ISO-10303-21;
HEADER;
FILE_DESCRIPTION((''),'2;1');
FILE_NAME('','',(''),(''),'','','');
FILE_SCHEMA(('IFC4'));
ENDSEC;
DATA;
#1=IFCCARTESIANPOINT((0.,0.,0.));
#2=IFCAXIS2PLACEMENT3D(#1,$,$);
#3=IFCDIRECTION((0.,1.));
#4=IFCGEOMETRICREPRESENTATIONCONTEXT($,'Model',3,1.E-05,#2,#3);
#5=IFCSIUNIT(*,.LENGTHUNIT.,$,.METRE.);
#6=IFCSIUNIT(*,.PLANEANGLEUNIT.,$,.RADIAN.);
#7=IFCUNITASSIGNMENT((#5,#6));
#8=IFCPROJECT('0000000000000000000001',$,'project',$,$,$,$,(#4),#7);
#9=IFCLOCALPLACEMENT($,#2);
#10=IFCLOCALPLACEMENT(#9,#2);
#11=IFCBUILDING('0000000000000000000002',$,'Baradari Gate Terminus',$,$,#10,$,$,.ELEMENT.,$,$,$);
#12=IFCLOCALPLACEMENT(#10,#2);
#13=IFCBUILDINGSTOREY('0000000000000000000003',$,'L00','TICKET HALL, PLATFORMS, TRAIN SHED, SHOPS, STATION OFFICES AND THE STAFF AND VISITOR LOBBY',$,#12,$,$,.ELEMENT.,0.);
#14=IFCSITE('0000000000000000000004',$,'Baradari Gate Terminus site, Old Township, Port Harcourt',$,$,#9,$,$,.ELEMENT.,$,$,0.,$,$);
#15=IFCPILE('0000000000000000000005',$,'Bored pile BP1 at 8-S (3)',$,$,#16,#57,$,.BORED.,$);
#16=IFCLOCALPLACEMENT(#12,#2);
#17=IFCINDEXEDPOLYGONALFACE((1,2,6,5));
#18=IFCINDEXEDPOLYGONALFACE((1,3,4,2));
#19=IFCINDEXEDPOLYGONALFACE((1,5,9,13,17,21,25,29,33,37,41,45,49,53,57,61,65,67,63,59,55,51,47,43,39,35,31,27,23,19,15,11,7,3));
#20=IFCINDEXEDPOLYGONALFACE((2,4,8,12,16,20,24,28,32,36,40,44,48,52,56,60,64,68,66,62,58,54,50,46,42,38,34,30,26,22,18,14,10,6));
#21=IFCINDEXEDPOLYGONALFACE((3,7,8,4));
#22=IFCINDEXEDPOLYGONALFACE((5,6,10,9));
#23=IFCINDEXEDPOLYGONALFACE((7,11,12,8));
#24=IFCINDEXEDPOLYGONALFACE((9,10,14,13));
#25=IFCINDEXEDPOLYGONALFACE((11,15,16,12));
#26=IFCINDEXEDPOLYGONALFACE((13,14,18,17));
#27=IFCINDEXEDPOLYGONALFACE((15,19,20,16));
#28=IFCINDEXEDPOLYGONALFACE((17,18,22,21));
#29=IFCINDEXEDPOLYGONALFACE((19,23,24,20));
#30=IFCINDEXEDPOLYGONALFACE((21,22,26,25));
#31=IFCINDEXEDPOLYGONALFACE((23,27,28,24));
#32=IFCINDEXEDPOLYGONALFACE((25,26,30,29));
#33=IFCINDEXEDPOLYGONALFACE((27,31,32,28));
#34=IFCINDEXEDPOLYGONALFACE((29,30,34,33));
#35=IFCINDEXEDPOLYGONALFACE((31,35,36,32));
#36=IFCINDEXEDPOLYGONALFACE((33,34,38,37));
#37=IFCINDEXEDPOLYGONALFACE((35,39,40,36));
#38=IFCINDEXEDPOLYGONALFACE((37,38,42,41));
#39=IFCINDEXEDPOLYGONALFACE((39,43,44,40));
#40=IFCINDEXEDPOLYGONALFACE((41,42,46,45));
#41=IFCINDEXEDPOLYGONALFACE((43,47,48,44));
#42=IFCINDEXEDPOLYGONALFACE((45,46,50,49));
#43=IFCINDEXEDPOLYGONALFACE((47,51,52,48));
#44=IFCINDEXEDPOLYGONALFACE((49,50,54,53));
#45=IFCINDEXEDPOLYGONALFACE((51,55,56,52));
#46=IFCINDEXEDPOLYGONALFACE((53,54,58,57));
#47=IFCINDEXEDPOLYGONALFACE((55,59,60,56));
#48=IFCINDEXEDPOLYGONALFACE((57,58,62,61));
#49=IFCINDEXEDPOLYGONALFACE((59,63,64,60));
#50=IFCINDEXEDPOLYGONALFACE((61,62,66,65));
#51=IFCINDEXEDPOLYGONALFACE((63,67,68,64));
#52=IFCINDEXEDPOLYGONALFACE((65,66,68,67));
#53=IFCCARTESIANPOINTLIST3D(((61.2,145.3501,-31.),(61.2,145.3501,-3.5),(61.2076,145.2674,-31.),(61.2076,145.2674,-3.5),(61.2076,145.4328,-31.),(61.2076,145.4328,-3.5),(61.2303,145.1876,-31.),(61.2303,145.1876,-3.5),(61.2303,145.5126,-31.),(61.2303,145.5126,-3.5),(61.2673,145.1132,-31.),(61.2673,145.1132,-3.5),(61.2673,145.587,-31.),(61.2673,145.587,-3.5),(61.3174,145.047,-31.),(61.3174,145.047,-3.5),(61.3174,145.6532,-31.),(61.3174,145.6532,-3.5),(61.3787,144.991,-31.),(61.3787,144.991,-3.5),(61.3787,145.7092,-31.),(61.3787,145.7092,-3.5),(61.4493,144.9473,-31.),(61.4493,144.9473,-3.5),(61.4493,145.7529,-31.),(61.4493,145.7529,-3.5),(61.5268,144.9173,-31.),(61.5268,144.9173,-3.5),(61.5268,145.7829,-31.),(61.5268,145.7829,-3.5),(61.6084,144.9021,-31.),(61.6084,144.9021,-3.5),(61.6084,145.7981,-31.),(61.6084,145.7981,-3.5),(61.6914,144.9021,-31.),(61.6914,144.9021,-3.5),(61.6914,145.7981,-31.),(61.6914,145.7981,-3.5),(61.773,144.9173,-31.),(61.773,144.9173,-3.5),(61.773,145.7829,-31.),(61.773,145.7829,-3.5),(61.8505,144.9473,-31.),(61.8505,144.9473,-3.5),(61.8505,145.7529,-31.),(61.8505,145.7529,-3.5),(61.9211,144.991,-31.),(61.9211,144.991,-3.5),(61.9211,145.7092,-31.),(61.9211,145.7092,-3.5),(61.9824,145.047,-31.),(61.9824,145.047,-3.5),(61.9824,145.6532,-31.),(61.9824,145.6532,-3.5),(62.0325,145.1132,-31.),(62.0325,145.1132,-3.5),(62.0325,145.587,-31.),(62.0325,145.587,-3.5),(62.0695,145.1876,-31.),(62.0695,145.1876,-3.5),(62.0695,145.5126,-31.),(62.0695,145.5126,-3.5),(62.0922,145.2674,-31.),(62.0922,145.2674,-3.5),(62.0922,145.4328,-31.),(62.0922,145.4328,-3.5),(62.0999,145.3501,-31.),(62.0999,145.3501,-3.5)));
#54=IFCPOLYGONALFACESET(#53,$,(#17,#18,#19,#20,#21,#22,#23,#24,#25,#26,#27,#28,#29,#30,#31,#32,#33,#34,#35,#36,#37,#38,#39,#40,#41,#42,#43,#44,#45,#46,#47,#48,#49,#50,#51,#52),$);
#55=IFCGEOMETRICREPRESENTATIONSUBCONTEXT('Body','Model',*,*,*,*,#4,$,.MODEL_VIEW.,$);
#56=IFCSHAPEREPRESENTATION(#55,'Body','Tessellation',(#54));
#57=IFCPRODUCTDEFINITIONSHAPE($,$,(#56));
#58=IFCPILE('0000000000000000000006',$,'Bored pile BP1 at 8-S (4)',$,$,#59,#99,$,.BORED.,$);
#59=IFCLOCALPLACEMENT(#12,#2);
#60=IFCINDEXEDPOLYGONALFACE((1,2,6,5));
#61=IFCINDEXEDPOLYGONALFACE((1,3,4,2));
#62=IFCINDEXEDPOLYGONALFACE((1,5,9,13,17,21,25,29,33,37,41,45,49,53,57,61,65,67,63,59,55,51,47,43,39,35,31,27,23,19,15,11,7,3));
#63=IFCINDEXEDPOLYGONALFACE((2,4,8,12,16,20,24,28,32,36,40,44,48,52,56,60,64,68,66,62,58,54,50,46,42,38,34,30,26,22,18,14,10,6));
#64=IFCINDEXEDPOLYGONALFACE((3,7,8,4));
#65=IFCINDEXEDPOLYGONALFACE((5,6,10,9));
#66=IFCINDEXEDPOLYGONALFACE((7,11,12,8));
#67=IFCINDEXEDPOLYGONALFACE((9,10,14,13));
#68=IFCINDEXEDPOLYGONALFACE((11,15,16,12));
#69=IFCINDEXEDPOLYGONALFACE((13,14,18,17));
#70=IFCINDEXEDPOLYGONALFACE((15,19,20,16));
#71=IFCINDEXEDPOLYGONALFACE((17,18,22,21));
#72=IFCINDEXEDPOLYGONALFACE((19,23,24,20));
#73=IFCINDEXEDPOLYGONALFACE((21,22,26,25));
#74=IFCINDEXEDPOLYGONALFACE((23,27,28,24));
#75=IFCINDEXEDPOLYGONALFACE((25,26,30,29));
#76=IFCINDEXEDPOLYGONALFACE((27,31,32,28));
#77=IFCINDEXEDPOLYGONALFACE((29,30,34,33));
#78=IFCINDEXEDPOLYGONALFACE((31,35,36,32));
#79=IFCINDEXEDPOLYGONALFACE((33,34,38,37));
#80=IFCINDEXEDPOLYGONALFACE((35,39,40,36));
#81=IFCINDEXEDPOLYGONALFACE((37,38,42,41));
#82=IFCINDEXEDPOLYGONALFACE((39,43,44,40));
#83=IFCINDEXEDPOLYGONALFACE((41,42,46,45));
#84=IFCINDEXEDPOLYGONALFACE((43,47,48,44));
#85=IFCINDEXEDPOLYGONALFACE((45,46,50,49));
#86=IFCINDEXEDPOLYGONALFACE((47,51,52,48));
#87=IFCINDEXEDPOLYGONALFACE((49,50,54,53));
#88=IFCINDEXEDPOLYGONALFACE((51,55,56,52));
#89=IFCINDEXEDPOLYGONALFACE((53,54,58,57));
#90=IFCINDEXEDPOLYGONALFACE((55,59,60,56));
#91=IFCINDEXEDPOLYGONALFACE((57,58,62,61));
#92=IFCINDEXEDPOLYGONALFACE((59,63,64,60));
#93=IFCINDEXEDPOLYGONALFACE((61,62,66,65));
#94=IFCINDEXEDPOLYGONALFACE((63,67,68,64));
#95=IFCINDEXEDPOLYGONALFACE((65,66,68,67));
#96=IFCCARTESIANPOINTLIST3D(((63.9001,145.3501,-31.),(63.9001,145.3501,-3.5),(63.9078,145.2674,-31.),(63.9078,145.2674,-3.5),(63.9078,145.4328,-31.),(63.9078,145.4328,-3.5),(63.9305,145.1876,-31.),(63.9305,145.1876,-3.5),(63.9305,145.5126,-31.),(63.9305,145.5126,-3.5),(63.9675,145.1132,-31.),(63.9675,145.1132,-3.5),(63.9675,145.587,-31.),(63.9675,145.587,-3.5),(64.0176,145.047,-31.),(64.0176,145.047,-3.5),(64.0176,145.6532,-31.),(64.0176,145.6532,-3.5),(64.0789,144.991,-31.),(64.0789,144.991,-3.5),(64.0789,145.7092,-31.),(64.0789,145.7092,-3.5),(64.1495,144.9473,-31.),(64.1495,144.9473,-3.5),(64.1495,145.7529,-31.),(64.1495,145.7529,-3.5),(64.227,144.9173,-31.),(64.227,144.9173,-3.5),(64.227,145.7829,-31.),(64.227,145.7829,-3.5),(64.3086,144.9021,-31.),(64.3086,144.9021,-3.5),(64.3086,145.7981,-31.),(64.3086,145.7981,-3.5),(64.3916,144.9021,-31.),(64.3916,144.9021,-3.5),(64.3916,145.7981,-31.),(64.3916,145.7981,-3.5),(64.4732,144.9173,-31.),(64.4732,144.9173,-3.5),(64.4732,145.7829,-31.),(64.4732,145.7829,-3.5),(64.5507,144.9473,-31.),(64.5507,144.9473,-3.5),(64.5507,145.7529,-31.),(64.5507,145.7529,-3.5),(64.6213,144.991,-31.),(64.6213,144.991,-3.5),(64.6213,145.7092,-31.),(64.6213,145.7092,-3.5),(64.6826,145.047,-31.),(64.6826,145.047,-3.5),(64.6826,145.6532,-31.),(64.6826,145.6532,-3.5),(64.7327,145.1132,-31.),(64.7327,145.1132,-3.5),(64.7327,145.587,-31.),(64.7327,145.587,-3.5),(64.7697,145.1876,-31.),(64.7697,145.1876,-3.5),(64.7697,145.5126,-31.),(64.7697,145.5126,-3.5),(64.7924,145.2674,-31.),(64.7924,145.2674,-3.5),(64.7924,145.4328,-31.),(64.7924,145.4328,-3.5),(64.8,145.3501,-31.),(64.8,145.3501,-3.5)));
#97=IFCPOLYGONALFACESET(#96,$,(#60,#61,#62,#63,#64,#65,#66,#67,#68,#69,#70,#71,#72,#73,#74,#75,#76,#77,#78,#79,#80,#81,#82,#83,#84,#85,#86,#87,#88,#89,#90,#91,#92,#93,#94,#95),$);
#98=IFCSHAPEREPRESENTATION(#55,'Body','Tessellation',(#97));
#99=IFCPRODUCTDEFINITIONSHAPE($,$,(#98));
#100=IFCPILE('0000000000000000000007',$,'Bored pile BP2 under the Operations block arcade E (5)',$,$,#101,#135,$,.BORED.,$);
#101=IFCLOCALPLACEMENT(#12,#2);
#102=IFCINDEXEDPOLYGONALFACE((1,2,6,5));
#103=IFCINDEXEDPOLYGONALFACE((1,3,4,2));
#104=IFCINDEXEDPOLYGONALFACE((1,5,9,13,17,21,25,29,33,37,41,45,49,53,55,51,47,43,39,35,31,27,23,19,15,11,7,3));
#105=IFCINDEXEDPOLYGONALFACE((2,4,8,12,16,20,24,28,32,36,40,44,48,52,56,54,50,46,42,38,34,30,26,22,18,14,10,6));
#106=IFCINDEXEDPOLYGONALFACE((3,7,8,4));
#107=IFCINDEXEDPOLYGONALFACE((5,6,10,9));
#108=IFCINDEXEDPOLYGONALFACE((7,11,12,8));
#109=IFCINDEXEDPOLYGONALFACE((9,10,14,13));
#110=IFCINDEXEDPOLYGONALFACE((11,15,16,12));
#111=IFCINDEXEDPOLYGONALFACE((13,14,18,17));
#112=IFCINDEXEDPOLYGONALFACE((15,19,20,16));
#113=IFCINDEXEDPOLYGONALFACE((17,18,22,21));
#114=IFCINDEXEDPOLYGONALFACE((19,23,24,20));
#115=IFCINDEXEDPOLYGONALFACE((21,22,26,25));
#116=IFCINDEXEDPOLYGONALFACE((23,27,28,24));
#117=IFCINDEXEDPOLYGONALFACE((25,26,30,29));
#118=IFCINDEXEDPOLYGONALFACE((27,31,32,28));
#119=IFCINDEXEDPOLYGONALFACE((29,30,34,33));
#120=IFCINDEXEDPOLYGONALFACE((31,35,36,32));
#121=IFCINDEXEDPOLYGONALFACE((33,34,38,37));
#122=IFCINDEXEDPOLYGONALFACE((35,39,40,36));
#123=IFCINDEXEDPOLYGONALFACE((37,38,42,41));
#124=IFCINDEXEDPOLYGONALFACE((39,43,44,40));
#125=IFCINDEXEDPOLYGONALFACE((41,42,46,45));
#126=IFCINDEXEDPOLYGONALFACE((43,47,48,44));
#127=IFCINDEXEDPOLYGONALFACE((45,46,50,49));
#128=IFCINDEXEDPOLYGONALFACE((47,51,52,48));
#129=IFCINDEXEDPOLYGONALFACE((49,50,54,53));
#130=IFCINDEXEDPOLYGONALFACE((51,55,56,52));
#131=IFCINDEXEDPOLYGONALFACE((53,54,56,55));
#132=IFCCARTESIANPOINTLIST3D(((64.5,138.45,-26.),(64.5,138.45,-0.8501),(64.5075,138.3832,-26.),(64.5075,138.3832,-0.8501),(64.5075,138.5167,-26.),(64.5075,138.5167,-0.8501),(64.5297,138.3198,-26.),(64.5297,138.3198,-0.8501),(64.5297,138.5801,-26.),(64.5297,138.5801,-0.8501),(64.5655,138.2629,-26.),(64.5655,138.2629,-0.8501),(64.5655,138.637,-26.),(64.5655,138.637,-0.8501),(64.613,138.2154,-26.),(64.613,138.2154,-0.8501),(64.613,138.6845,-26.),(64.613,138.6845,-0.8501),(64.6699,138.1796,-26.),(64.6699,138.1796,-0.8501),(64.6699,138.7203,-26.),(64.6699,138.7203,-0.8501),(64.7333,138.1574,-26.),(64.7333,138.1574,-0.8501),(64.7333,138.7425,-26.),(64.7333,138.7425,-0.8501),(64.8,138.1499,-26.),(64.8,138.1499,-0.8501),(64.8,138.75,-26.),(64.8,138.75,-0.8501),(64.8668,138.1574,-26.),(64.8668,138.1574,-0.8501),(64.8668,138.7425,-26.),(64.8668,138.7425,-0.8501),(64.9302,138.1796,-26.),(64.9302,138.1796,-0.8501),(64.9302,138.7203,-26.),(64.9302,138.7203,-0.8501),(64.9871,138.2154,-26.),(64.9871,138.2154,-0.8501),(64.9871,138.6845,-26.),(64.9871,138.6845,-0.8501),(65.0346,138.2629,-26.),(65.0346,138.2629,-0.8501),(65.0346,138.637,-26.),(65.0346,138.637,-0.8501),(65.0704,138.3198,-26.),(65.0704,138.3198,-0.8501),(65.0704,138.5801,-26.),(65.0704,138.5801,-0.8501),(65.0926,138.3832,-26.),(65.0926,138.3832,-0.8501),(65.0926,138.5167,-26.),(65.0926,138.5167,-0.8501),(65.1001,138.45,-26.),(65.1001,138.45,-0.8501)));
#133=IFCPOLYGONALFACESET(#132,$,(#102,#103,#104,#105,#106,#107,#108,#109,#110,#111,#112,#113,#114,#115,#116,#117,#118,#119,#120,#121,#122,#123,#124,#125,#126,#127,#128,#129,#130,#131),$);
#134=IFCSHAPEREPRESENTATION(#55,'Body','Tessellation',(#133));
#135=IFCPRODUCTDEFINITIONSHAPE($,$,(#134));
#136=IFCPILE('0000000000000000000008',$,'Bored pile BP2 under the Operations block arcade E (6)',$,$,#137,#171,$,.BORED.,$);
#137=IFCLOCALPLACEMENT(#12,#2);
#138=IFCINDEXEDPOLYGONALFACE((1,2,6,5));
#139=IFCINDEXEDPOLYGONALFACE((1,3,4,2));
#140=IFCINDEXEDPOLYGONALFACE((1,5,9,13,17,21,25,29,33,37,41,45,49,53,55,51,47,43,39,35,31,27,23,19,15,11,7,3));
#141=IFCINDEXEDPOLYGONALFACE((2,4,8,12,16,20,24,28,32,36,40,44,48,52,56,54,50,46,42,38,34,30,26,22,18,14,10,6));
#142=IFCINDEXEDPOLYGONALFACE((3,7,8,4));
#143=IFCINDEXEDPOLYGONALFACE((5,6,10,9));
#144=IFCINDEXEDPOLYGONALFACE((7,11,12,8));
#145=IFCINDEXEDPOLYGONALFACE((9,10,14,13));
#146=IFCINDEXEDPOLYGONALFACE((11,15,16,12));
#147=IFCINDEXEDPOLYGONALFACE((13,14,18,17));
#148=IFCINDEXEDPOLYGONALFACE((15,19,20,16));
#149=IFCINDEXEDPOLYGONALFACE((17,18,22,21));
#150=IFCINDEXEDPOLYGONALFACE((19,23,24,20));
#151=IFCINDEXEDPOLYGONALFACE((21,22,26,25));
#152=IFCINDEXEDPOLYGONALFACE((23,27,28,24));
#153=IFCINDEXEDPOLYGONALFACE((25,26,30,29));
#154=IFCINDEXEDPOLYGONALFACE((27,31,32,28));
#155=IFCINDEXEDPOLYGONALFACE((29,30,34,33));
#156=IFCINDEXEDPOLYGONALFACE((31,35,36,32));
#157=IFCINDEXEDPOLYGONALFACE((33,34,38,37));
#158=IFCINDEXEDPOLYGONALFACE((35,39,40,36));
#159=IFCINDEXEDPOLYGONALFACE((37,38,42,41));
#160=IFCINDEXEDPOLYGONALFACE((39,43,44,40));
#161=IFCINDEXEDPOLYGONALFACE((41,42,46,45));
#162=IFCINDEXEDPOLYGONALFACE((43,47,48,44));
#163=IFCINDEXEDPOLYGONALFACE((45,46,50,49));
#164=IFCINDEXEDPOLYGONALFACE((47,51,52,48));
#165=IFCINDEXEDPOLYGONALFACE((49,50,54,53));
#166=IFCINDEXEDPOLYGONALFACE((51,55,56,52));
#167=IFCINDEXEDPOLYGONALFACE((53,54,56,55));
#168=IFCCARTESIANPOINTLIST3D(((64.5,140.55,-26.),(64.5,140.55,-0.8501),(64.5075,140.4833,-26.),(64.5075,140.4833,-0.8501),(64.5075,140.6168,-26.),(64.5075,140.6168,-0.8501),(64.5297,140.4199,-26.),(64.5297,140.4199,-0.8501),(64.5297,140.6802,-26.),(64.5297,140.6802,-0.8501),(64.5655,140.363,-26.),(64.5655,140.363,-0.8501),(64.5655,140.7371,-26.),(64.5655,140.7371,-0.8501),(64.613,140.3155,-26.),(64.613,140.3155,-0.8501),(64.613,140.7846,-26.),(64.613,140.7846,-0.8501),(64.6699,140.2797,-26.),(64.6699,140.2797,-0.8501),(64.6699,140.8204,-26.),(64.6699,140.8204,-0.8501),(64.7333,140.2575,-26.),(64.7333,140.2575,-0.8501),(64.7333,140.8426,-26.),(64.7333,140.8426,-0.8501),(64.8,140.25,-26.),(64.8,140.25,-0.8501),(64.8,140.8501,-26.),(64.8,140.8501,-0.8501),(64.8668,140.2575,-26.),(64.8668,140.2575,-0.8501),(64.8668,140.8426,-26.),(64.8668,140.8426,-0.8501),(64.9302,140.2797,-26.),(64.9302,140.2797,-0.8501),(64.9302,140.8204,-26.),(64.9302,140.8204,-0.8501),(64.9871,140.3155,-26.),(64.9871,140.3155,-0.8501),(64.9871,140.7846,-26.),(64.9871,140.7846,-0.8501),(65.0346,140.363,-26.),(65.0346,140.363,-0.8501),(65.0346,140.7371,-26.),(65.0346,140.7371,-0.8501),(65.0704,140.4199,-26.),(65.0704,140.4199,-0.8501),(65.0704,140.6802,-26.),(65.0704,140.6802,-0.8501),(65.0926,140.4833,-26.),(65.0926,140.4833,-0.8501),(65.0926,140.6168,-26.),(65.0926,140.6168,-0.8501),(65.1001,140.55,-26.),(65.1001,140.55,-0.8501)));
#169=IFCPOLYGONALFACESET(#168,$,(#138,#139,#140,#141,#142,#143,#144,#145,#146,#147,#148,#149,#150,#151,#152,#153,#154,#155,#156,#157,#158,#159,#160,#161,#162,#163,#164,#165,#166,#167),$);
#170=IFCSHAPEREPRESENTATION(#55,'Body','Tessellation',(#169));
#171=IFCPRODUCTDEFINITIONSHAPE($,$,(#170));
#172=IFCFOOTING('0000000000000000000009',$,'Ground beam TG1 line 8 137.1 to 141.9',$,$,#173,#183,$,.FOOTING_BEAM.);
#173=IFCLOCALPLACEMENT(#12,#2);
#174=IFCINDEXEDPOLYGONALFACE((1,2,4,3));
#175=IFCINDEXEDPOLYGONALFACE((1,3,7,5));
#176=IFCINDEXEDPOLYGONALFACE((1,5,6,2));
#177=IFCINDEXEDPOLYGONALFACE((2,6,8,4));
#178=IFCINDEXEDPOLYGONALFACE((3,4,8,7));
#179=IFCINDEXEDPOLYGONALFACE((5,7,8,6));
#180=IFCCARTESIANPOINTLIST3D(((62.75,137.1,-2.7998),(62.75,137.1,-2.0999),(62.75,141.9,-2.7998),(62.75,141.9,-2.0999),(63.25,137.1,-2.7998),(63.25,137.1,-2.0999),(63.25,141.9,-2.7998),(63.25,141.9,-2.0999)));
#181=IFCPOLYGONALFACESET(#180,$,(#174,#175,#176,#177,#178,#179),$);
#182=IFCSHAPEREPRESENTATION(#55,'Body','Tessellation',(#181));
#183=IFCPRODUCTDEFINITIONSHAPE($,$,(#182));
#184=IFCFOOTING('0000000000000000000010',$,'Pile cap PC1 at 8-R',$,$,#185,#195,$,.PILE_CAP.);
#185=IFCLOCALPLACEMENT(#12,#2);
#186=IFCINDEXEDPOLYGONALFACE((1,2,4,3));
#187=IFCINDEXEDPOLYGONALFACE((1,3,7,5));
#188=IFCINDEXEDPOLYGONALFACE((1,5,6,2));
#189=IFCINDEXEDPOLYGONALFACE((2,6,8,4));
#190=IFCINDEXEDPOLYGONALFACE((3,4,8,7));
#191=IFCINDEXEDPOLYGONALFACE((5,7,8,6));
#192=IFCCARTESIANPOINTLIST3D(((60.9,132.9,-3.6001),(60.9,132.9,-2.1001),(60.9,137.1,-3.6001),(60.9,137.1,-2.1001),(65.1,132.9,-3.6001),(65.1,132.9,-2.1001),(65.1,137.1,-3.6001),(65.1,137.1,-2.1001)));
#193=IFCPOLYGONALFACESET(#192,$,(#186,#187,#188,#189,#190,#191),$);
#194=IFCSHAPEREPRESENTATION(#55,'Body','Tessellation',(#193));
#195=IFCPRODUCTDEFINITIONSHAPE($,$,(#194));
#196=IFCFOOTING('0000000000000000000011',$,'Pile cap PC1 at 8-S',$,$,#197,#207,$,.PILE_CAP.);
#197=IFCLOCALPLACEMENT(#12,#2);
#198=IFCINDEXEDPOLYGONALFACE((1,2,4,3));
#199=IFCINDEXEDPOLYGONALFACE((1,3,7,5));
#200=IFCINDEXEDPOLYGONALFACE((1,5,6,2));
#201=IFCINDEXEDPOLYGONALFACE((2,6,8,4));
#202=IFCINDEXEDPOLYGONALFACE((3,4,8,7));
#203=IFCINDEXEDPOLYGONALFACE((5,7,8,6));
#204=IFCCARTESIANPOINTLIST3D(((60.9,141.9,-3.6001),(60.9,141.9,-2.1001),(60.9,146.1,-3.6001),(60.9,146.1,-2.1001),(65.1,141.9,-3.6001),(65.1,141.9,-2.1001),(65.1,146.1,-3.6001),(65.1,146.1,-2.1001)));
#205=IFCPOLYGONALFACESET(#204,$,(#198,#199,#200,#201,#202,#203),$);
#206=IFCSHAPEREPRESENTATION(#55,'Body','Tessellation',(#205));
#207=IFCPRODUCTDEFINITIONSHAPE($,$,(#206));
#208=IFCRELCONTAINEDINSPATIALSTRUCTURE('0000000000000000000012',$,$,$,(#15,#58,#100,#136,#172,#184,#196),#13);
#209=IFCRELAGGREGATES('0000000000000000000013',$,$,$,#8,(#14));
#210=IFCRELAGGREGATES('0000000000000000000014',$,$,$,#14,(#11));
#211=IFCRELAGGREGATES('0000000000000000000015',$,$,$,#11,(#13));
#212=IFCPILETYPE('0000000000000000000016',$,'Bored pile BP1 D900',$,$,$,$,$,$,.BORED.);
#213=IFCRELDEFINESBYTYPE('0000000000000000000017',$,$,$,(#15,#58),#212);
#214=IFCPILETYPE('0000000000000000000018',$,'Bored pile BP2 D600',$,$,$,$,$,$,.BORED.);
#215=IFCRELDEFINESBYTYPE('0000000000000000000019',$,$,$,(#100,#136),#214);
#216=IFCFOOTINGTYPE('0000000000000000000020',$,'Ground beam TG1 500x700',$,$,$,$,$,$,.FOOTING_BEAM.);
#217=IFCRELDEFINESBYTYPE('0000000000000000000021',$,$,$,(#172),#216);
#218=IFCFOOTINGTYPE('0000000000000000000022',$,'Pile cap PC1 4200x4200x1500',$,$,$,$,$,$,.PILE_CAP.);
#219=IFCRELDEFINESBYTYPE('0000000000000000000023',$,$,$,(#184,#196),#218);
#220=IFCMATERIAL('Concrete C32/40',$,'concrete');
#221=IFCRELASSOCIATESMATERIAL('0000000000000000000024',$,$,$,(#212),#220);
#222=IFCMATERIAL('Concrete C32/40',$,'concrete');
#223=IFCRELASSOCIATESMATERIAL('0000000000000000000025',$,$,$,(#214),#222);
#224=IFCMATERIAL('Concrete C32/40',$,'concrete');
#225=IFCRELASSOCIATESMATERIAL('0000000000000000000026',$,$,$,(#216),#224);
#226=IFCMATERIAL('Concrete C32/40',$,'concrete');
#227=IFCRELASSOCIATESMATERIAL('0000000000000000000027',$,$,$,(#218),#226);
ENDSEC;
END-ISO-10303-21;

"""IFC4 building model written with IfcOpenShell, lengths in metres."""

from ifc_helpers import new_model, si_unit, direction, frame, origin, origin_2d, place, context, subcontext, project, spatial, rectangle, circle, extrude, material, type_object, element, save


model = new_model("IFC4")

# Units and contexts
model_context = context("Model", 3, precision=1e-05, world=origin(), true_north=direction((0.0, 1.0)))
body_context = subcontext(model_context, "Body", "Model", "MODEL_VIEW")
ifc_project = project(units=[si_unit("LENGTHUNIT", "METRE"), si_unit("PLANEANGLEUNIT", "RADIAN")], contexts=[model_context])

# Site, building, storey
site_placement = place(None, origin())
site = spatial("IfcSite", under=ifc_project, at=site_placement, Name="Baradari Gate Terminus site, Old Township, Port Harcourt", CompositionType="ELEMENT", RefElevation=0.0)
building_placement = place(site_placement, origin())
building = spatial("IfcBuilding", under=site, at=building_placement, Name="Baradari Gate Terminus", CompositionType="ELEMENT")
storey_placement = place(building_placement, origin())
storey = spatial("IfcBuildingStorey", under=building, at=storey_placement, Name="L00", Description="TICKET HALL, PLATFORMS, TRAIN SHED, SHOPS, STATION OFFICES AND THE STAFF AND VISITOR LOBBY", CompositionType="ELEMENT", Elevation=0.0)

# Piles
ifc_material_1 = material(Name="Concrete C32/40", Category="concrete")
pile_type_1 = type_object("IfcPileType", Name="Bored pile BP1 D900", PredefinedType="BORED", material=ifc_material_1)
for number, where, z_axis, x_axis, name in (
    (1, (61.6499, 145.3501, -3.5), (0.0, 0.0, -1.0), (1.0, 0.0, 0.0), "Bored pile BP1 at 8-S (3)"),
    (2, (64.3501, 145.3501, -3.5), (0.0, 0.0, -1.0), (1.0, 0.0, 0.0), "Bored pile BP1 at 8-S (4)"),
):
    element("IfcPile", number, at=place(storey_placement, frame(where, z_axis=z_axis, x_axis=x_axis)), inside=storey, type_object=pile_type_1, Name=name, PredefinedType="BORED", context=body_context, shape_type="SweptSolid", body=[
        extrude(circle(Radius=0.45, at=origin_2d()), origin(), (0.0, 0.0, 1.0), 27.5),
    ])
ifc_material_2 = material(Name="Concrete C32/40", Category="concrete")
pile_type_2 = type_object("IfcPileType", Name="Bored pile BP2 D600", PredefinedType="BORED", material=ifc_material_2)
for number, where, z_axis, x_axis, name in (
    (3, (64.8, 138.45, -0.8501), (0.0, 0.0, -1.0), (1.0, 0.0, 0.0), "Bored pile BP2 under the Operations block arcade E (5)"),
    (4, (64.8, 140.55, -0.8501), (0.0, 0.0, -1.0), (1.0, 0.0, 0.0), "Bored pile BP2 under the Operations block arcade E (6)"),
):
    element("IfcPile", number, at=place(storey_placement, frame(where, z_axis=z_axis, x_axis=x_axis)), inside=storey, type_object=pile_type_2, Name=name, PredefinedType="BORED", context=body_context, shape_type="SweptSolid", body=[
        extrude(circle(Radius=0.3, at=origin_2d()), origin(), (0.0, 0.0, 1.0), 25.1499),
    ])

# Footings
ifc_material_3 = material(Name="Concrete C32/40", Category="concrete")
footing_type_1 = type_object("IfcFootingType", Name="Ground beam TG1 500x700", PredefinedType="FOOTING_BEAM", material=ifc_material_3)
footing_placement = place(storey_placement, frame((63.0, 139.5, -2.7998), z_axis=(0.0, 0.0, 1.0), x_axis=(1.0, 0.0, 0.0)))
element("IfcFooting", 5, at=footing_placement, inside=storey, type_object=footing_type_1, Name="Ground beam TG1 line 8 137.1 to 141.9", PredefinedType="FOOTING_BEAM", context=body_context, shape_type="SweptSolid", body=[
    extrude(rectangle(XDim=0.5, YDim=4.8, at=origin_2d()), origin(), (0.0, 0.0, 1.0), 0.7),
])
ifc_material_4 = material(Name="Concrete C32/40", Category="concrete")
footing_type_2 = type_object("IfcFootingType", Name="Pile cap PC1 4200x4200x1500", PredefinedType="PILE_CAP", material=ifc_material_4)
for number, where, z_axis, x_axis, name in (
    (6, (63.0, 135.0, -3.6001), (0.0, 0.0, 1.0), (1.0, 0.0, 0.0), "Pile cap PC1 at 8-R"),
    (7, (63.0, 144.0, -3.6001), (0.0, 0.0, 1.0), (1.0, 0.0, 0.0), "Pile cap PC1 at 8-S"),
):
    element("IfcFooting", number, at=place(storey_placement, frame(where, z_axis=z_axis, x_axis=x_axis)), inside=storey, type_object=footing_type_2, Name=name, PredefinedType="PILE_CAP", context=body_context, shape_type="SweptSolid", body=[
        extrude(rectangle(XDim=4.2, YDim=4.2, at=origin_2d()), origin(), (0.0, 0.0, 1.0), 1.5),
    ])

save(model, "model.ifc")
